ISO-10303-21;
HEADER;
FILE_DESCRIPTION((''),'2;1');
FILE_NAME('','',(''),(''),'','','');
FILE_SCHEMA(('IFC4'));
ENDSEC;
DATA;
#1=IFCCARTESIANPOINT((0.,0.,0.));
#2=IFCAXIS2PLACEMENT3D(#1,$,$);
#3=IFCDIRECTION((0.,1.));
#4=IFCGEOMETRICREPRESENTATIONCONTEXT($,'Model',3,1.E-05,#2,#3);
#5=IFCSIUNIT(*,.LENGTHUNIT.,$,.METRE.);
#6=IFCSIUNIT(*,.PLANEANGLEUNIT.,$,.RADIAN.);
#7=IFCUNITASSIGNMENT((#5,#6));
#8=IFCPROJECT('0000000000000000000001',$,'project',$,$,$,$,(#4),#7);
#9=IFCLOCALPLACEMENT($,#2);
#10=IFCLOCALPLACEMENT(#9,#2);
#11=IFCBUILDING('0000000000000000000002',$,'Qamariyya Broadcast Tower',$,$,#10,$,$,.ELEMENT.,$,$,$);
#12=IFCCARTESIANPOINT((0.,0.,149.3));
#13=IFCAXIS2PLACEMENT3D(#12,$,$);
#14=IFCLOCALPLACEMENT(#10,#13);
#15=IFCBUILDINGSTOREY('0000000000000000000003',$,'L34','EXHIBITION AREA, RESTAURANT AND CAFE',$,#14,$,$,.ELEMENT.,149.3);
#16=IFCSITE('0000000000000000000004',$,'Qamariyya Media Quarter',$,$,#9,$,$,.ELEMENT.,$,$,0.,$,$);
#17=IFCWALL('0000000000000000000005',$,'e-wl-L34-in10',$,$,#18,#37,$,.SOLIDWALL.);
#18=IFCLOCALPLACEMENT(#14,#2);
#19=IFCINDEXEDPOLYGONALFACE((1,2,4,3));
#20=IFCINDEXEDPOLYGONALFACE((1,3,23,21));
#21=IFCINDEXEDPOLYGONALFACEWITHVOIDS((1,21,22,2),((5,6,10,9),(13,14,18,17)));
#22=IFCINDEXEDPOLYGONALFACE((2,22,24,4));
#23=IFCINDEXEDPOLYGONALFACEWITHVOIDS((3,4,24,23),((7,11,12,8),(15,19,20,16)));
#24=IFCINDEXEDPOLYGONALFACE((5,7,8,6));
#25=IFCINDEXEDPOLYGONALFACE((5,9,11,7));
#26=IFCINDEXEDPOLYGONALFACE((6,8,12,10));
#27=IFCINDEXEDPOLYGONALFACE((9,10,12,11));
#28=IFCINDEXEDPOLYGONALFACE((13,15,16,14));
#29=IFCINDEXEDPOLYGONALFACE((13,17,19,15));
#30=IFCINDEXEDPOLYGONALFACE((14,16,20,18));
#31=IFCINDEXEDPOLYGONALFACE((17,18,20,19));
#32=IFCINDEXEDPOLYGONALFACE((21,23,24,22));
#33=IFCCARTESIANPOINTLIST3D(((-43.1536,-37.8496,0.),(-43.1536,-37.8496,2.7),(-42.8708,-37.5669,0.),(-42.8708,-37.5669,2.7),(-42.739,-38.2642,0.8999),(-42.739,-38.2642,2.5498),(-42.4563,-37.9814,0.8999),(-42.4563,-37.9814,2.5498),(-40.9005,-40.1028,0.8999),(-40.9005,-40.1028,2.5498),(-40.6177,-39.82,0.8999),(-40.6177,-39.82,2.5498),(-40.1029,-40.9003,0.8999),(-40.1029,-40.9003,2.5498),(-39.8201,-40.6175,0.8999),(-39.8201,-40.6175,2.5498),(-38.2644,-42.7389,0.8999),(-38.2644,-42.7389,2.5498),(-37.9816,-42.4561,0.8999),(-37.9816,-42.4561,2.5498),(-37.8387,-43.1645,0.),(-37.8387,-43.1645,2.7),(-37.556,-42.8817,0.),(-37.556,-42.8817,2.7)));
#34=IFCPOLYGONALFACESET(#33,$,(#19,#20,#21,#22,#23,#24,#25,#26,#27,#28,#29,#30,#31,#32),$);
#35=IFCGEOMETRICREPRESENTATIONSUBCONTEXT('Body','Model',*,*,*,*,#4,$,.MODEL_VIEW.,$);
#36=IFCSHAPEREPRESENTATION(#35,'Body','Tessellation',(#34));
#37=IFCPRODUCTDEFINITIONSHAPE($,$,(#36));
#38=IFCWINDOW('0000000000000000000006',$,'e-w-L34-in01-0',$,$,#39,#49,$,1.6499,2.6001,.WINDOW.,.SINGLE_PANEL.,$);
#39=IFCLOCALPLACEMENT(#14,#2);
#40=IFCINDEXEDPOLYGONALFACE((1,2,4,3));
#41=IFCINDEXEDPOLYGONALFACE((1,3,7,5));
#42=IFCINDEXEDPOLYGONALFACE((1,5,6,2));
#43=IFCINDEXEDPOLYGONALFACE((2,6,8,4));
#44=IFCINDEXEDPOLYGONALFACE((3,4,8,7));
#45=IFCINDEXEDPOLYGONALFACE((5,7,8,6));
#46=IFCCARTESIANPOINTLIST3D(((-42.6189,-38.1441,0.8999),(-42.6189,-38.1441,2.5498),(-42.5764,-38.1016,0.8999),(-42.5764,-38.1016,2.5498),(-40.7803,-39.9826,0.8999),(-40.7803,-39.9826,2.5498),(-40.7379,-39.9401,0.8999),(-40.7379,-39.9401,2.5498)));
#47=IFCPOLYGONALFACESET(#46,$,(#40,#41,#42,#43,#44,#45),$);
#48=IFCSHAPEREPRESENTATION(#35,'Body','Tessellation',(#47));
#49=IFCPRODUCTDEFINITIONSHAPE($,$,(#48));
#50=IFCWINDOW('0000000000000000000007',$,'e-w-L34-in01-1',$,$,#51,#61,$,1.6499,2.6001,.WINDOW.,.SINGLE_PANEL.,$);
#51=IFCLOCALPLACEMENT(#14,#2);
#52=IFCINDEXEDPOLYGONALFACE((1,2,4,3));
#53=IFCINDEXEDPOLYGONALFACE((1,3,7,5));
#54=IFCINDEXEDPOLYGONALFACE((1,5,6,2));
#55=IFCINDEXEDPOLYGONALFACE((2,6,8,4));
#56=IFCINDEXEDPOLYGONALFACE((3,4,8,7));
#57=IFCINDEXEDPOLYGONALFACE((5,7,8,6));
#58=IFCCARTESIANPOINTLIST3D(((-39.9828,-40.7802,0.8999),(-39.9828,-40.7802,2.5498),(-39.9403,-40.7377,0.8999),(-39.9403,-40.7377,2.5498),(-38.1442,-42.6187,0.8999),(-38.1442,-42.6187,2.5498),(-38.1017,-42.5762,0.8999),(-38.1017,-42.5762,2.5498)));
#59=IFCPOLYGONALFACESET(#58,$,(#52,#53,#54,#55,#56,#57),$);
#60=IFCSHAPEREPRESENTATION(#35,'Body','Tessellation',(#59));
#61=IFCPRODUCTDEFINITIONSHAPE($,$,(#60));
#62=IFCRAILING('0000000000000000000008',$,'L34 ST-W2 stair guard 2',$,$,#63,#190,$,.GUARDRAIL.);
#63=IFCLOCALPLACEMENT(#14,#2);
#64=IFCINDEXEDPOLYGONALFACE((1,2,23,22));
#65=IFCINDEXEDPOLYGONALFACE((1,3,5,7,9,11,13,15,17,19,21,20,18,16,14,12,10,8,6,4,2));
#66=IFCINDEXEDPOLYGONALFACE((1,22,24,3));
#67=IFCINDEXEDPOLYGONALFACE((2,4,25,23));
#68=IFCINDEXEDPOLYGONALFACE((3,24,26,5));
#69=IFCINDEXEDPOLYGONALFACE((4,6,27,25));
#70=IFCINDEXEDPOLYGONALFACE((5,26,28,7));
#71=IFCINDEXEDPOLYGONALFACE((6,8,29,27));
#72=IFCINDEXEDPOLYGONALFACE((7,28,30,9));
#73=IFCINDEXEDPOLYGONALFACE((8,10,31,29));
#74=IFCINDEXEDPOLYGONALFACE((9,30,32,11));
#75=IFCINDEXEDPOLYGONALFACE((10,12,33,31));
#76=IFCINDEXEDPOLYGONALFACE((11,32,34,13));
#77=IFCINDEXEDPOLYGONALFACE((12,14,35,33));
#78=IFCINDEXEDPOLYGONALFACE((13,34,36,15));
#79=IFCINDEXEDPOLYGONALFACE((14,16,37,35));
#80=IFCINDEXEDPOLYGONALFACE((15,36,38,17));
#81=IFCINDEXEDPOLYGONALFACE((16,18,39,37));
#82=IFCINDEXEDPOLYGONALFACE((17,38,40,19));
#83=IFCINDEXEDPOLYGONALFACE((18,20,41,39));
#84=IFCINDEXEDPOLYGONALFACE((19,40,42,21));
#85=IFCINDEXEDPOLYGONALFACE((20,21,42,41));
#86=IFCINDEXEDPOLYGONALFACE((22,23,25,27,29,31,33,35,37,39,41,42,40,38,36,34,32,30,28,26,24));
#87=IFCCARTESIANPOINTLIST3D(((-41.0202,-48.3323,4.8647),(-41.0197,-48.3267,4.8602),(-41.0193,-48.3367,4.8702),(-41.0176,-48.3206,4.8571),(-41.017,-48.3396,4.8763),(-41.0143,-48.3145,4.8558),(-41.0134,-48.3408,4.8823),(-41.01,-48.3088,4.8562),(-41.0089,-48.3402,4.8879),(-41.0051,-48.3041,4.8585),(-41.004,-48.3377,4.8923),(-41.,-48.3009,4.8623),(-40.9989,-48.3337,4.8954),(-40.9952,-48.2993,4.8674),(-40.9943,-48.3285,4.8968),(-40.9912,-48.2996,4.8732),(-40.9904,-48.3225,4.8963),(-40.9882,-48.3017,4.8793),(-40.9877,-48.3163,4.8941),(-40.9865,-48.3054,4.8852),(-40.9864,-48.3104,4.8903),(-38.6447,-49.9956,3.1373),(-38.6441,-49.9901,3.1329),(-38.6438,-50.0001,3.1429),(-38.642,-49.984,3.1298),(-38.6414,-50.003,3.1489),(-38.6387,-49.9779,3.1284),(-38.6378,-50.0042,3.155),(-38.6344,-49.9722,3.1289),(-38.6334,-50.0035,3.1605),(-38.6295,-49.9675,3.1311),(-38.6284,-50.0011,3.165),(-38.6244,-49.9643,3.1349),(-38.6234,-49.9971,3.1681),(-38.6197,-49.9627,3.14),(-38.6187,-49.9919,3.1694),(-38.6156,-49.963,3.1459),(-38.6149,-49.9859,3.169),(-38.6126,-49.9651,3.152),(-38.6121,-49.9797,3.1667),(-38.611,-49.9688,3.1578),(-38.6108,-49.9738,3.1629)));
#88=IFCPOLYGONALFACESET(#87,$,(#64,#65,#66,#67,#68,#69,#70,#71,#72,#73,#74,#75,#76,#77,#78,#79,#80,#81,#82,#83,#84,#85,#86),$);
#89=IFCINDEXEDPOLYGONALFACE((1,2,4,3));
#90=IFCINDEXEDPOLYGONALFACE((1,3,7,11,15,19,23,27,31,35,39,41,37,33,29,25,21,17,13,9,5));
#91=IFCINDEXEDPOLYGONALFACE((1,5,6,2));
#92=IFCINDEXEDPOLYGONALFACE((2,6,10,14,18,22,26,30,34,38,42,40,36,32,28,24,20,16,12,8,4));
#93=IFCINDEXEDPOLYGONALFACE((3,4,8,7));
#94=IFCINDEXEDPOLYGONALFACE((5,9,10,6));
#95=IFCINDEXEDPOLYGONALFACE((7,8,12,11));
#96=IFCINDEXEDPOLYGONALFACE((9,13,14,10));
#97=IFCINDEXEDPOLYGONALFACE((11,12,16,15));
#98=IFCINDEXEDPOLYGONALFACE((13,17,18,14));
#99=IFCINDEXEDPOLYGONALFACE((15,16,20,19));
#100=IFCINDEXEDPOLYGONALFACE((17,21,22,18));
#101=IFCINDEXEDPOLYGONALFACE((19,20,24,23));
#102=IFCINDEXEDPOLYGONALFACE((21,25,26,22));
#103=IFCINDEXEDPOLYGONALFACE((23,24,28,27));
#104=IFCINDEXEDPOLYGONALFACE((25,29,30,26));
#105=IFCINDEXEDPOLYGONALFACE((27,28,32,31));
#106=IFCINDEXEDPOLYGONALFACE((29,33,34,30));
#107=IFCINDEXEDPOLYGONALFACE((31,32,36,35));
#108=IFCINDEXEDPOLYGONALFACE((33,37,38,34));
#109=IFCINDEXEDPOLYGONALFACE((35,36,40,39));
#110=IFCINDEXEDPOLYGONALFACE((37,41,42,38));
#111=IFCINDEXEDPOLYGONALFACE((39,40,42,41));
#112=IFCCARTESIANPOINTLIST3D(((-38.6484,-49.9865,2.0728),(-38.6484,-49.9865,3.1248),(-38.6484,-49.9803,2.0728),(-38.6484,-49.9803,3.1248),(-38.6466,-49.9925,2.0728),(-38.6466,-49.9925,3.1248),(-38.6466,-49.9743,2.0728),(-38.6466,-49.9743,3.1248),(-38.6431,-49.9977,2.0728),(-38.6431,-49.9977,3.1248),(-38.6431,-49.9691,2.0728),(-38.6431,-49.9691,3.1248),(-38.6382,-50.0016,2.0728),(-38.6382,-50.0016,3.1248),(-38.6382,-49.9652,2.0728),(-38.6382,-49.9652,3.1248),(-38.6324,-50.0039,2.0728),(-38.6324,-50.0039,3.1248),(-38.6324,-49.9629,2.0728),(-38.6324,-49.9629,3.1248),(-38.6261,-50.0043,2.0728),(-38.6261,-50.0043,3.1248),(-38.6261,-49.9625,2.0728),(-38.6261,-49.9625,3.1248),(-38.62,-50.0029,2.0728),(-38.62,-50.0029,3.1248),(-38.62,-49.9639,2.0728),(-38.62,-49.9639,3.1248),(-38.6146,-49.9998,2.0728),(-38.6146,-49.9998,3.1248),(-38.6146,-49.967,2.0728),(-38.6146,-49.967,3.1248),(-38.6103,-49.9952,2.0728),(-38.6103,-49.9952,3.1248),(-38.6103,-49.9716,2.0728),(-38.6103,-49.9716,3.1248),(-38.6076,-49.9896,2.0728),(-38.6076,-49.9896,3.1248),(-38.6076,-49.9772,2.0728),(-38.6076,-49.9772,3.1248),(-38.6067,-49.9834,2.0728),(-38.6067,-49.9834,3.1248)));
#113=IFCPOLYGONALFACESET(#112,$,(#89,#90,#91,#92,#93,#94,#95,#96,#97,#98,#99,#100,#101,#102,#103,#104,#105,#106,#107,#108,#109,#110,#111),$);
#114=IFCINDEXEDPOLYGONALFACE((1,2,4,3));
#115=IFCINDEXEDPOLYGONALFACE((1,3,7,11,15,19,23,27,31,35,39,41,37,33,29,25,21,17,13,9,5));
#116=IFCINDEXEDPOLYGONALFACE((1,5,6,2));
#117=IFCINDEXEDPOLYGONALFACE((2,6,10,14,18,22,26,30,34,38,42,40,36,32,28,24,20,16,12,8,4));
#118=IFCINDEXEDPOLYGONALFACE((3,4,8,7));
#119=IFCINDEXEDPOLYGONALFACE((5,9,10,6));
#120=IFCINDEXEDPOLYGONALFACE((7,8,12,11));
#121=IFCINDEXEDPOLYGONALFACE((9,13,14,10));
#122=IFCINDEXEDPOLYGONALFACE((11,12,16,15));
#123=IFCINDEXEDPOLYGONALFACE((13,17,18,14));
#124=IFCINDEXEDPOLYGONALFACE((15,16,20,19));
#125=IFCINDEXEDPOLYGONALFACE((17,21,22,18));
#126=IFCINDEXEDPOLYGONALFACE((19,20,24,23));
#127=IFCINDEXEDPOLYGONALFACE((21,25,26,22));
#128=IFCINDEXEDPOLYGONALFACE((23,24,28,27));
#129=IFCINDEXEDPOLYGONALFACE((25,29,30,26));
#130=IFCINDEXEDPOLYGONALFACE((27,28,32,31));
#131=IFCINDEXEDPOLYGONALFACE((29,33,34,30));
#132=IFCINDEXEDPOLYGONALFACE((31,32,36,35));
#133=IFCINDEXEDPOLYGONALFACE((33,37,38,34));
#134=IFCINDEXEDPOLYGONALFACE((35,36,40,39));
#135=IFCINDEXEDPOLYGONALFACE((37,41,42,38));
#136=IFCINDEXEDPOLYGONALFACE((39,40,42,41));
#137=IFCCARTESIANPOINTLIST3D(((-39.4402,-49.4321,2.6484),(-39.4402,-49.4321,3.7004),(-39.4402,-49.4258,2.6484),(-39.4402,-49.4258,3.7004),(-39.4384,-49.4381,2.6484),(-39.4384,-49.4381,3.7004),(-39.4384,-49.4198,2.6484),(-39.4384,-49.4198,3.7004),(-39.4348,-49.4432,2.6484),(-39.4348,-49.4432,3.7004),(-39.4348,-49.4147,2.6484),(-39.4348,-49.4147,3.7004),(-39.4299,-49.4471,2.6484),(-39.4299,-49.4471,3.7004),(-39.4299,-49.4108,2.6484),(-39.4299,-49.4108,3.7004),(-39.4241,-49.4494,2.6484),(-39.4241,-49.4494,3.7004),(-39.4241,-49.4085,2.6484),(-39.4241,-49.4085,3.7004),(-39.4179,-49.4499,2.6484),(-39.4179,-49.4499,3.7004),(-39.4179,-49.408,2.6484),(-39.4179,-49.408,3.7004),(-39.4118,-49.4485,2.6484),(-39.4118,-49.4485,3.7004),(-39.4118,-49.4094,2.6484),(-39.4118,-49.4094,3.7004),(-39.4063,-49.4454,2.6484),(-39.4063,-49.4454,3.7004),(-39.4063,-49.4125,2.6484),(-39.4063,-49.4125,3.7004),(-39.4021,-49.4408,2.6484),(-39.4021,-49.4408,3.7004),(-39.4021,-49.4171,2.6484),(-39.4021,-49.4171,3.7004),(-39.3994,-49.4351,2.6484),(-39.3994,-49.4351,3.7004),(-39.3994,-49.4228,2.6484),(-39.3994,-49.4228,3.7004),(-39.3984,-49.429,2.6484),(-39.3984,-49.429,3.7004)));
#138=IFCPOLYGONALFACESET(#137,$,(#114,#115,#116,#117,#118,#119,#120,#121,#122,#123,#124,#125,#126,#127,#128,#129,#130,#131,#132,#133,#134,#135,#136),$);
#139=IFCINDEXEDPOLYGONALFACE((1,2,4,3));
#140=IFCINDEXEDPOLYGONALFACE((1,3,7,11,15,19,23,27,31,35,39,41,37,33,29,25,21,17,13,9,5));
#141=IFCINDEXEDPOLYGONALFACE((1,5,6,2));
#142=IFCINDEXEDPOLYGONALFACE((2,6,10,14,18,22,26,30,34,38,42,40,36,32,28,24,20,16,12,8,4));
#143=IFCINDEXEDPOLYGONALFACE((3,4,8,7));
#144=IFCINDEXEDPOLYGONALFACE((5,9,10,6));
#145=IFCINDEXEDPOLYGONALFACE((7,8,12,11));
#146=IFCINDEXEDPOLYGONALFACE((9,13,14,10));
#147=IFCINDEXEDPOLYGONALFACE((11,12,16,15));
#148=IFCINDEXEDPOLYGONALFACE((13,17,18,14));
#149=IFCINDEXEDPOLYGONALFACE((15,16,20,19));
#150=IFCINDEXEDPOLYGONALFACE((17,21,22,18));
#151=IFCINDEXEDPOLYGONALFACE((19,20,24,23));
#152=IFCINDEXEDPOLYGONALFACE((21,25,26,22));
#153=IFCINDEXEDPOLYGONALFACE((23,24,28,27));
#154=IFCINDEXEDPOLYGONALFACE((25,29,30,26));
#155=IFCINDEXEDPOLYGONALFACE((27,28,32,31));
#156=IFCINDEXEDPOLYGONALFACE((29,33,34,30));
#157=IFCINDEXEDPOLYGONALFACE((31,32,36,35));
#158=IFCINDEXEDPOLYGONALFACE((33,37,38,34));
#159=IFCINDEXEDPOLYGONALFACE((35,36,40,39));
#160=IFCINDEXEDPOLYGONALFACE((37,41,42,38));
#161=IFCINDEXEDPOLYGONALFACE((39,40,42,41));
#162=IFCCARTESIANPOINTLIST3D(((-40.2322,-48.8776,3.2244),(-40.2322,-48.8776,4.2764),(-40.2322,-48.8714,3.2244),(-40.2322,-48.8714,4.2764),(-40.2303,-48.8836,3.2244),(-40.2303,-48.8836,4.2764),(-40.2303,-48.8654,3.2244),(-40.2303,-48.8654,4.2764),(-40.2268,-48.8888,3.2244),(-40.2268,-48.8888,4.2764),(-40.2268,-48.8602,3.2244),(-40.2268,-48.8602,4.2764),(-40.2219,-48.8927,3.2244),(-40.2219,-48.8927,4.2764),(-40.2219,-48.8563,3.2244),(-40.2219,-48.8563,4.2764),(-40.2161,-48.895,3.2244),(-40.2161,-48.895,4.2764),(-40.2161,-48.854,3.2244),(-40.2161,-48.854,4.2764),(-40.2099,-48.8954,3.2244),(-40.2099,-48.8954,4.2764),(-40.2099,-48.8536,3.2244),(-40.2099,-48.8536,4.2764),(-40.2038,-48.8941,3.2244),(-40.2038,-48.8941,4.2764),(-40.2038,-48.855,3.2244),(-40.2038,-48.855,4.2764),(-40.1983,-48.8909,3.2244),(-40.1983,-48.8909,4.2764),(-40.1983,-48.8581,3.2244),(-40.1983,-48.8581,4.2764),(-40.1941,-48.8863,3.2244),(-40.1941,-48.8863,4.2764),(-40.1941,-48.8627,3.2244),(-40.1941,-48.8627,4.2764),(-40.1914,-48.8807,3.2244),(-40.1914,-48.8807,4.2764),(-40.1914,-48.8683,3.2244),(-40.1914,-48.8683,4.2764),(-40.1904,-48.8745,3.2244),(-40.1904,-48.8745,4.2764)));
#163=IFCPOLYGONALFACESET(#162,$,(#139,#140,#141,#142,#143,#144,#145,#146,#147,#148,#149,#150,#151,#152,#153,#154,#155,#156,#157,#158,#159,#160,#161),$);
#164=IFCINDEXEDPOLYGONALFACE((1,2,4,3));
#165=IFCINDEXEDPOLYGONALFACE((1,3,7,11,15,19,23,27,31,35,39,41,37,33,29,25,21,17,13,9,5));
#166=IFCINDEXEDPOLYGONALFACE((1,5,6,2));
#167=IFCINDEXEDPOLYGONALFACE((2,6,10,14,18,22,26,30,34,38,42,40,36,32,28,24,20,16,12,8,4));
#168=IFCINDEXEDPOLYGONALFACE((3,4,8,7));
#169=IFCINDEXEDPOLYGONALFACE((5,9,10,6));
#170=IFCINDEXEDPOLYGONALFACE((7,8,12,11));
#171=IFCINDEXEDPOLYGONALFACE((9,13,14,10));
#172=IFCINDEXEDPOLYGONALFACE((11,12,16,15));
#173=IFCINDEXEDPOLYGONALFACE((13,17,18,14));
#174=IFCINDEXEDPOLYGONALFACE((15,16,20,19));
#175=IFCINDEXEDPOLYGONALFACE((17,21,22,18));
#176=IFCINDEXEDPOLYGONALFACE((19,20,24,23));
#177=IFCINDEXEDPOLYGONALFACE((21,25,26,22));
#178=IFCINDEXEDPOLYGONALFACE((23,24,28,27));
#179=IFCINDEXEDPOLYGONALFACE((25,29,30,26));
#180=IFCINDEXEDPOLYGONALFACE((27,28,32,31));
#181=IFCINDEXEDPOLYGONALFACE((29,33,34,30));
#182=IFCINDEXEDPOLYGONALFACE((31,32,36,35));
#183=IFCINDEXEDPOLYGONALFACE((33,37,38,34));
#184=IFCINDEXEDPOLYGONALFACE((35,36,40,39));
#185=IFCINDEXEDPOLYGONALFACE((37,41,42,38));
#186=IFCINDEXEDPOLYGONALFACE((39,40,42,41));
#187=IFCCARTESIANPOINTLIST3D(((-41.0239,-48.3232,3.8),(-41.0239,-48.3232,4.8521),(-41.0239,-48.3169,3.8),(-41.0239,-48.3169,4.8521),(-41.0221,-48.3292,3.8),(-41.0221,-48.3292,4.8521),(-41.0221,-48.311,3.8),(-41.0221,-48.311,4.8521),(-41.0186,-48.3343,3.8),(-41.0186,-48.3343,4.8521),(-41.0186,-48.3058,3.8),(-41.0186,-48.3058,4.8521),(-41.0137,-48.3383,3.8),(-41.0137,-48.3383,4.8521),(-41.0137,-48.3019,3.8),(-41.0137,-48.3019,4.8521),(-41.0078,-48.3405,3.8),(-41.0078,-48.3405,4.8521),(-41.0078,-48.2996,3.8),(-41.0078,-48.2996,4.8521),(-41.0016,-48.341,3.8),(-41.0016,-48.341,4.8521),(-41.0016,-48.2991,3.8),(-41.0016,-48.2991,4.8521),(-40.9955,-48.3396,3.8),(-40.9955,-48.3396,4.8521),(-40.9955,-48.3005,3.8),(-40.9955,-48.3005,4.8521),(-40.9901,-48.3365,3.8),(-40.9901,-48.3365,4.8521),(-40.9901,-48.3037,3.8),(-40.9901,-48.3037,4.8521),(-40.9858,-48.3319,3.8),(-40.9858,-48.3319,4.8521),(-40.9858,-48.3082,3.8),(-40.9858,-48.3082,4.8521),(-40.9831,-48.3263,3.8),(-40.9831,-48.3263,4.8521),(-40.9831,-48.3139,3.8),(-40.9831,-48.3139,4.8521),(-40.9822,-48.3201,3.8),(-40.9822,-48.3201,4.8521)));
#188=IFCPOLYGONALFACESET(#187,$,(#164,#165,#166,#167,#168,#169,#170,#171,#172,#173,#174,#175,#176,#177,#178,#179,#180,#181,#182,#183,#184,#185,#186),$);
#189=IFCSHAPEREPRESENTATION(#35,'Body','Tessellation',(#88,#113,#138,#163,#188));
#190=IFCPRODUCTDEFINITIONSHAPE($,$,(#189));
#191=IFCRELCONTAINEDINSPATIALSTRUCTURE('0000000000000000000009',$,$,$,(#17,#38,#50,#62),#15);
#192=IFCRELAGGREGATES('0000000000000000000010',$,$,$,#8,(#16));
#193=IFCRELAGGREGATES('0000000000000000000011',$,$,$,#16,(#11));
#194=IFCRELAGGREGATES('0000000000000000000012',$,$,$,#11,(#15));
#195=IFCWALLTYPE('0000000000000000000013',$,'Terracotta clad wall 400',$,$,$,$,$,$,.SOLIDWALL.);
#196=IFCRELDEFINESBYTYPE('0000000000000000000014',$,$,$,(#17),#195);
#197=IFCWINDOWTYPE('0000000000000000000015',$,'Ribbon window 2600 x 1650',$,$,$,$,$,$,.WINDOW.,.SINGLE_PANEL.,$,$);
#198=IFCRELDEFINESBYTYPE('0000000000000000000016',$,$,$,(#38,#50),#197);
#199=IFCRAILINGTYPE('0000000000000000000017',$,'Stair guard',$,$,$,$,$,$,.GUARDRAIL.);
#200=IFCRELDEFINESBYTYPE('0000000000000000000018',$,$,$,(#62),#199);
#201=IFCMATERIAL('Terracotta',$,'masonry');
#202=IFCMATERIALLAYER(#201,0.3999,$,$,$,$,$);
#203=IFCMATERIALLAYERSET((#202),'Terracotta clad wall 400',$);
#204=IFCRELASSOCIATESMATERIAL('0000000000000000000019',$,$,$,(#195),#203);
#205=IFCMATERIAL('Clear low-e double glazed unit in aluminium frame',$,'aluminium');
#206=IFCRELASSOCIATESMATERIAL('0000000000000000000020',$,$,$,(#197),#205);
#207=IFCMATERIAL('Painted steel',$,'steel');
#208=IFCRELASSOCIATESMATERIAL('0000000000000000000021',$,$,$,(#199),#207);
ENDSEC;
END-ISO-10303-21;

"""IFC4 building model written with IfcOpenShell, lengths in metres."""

from ifc_helpers import new_model, si_unit, direction, frame, frame_2d, origin, origin_2d, place, context, subcontext, project, spatial, rectangle, circle, extrude, material, layer, layer_set, type_object, element, fill, save


model = new_model("IFC4")

# Units and contexts
model_context = context("Model", 3, precision=1e-05, world=origin(), true_north=direction((0.0, 1.0)))
body_context = subcontext(model_context, "Body", "Model", "MODEL_VIEW")
ifc_project = project(units=[si_unit("LENGTHUNIT", "METRE"), si_unit("PLANEANGLEUNIT", "RADIAN")], contexts=[model_context])

# Site, building, storey
site_placement = place(None, origin())
site = spatial("IfcSite", under=ifc_project, at=site_placement, Name="Qamariyya Media Quarter", CompositionType="ELEMENT", RefElevation=0.0)
building_placement = place(site_placement, origin())
building = spatial("IfcBuilding", under=site, at=building_placement, Name="Qamariyya Broadcast Tower", CompositionType="ELEMENT")
storey_placement = place(building_placement, frame((0.0, 0.0, 149.3)))
storey = spatial("IfcBuildingStorey", under=building, at=storey_placement, Name="L34", Description="EXHIBITION AREA, RESTAURANT AND CAFE", CompositionType="ELEMENT", Elevation=149.3)

# Shared definitions
ifc_material_1 = material(Name="Terracotta", Category="masonry")
ifc_layer_1 = layer(ifc_material_1, 0.3999)
ifc_layer_set_1 = layer_set([ifc_layer_1], Name="Terracotta clad wall 400")
wall_type_1 = type_object("IfcWallType", Name="Terracotta clad wall 400", PredefinedType="SOLIDWALL", material=ifc_layer_set_1)

# Wall, openings, windows
wall_1_placement = place(storey_placement, frame((-37.6973, -43.0232, 0.0), z_axis=(0.0, 0.0, 1.0), x_axis=(-0.707107, 0.707107, 0.0)))
wall_1 = element("IfcWall", 1, at=wall_1_placement, inside=storey, type_object=wall_type_1, Name="e-wl-L34-in10", PredefinedType="SOLIDWALL", context=body_context, shape_type="SweptSolid", body=[
    extrude(rectangle(XDim=7.5164, YDim=0.3999, at=frame_2d((3.7583, 0.0))), origin(), (0.0, 0.0, 1.0), 2.7),
])
opening_1_placement = place(wall_1_placement, frame((4.3301, 0.0, 0.8999)))
opening_1 = element("IfcOpeningElement", 2, at=opening_1_placement, cuts=wall_1, PredefinedType="OPENING", context=body_context, shape_type="SweptSolid", body=[
    extrude(rectangle(XDim=2.6001, YDim=1.6499, at=frame_2d((1.3, 0.825))), frame((0.0, 0.21, 0.0), z_axis=(0.0, -1.0, 0.0), x_axis=(1.0, 0.0, 0.0)), (0.0, 0.0, 1.0), 0.4199),
])
opening_2_placement = place(wall_1_placement, frame((0.6021, 0.0, 0.8999)))
opening_2 = element("IfcOpeningElement", 3, at=opening_2_placement, cuts=wall_1, PredefinedType="OPENING", context=body_context, shape_type="SweptSolid", body=[
    extrude(rectangle(XDim=2.6001, YDim=1.6499, at=frame_2d((1.3, 0.825))), frame((0.0, 0.21, 0.0), z_axis=(0.0, -1.0, 0.0), x_axis=(1.0, 0.0, 0.0)), (0.0, 0.0, 1.0), 0.4199),
])
ifc_material_2 = material(Name="Clear low-e double glazed unit in aluminium frame", Category="aluminium")
window_type = type_object("IfcWindowType", Name="Ribbon window 2600 x 1650", PartitioningType="SINGLE_PANEL", PredefinedType="WINDOW", material=ifc_material_2)
window_1_placement = place(opening_1_placement, origin())
window_1 = element("IfcWindow", 4, at=window_1_placement, inside=storey, type_object=window_type, Name="e-w-L34-in01-0", OverallHeight=1.6499, OverallWidth=2.6001, PartitioningType="SINGLE_PANEL", PredefinedType="WINDOW", context=body_context, shape_type="SweptSolid", body=[
    extrude(rectangle(XDim=2.6001, YDim=1.6499, at=frame_2d((1.3, 0.825))), frame((0.0, 0.03, 0.0), z_axis=(0.0, -1.0, 0.0), x_axis=(1.0, 0.0, 0.0)), (0.0, 0.0, 1.0), 0.0601),
])
fill(opening_1, window_1)
window_2_placement = place(opening_2_placement, origin())
window_2 = element("IfcWindow", 5, at=window_2_placement, inside=storey, type_object=window_type, Name="e-w-L34-in01-1", OverallHeight=1.6499, OverallWidth=2.6001, PartitioningType="SINGLE_PANEL", PredefinedType="WINDOW", context=body_context, shape_type="SweptSolid", body=[
    extrude(rectangle(XDim=2.6001, YDim=1.6499, at=frame_2d((1.3, 0.825))), frame((0.0, 0.03, 0.0), z_axis=(0.0, -1.0, 0.0), x_axis=(1.0, 0.0, 0.0)), (0.0, 0.0, 1.0), 0.0601),
])
fill(opening_2, window_2)

# Railing
ifc_material_3 = material(Name="Painted steel", Category="steel")
railing_type_1 = type_object("IfcRailingType", Name="Stair guard", PredefinedType="GUARDRAIL", material=ifc_material_3)
railing_1_placement = place(storey_placement, frame((-38.6277, -49.9834, 2.0728)))
element("IfcRailing", 6, at=railing_1_placement, inside=storey, type_object=railing_type_1, Name="L34 ST-W2 stair guard 2", PredefinedType="GUARDRAIL", context=body_context, shape_type="SweptSolid", body=[
    extrude(circle(Radius=0.0239, at=origin_2d()), frame((0.0, 0.0, 1.0762), z_axis=(-0.70377, 0.492784, 0.511734), x_axis=(-0.573575, -0.819153, 0.0)), (0.0, 0.0, 1.0), 3.3755),
    extrude(circle(Radius=0.021, at=origin_2d()), origin(), (0.0, 0.0, 1.0), 1.052),
    extrude(circle(Radius=0.021, at=origin_2d()), frame((-0.7917, 0.5544, 0.5757)), (0.0, 0.0, 1.0), 1.052),
    extrude(circle(Radius=0.021, at=origin_2d()), frame((-1.5837, 1.1089, 1.1516)), (0.0, 0.0, 1.0), 1.052),
    extrude(circle(Radius=0.021, at=origin_2d()), frame((-2.3755, 1.6633, 1.7273)), (0.0, 0.0, 1.0), 1.052),
])

save(model, "model.ifc")
